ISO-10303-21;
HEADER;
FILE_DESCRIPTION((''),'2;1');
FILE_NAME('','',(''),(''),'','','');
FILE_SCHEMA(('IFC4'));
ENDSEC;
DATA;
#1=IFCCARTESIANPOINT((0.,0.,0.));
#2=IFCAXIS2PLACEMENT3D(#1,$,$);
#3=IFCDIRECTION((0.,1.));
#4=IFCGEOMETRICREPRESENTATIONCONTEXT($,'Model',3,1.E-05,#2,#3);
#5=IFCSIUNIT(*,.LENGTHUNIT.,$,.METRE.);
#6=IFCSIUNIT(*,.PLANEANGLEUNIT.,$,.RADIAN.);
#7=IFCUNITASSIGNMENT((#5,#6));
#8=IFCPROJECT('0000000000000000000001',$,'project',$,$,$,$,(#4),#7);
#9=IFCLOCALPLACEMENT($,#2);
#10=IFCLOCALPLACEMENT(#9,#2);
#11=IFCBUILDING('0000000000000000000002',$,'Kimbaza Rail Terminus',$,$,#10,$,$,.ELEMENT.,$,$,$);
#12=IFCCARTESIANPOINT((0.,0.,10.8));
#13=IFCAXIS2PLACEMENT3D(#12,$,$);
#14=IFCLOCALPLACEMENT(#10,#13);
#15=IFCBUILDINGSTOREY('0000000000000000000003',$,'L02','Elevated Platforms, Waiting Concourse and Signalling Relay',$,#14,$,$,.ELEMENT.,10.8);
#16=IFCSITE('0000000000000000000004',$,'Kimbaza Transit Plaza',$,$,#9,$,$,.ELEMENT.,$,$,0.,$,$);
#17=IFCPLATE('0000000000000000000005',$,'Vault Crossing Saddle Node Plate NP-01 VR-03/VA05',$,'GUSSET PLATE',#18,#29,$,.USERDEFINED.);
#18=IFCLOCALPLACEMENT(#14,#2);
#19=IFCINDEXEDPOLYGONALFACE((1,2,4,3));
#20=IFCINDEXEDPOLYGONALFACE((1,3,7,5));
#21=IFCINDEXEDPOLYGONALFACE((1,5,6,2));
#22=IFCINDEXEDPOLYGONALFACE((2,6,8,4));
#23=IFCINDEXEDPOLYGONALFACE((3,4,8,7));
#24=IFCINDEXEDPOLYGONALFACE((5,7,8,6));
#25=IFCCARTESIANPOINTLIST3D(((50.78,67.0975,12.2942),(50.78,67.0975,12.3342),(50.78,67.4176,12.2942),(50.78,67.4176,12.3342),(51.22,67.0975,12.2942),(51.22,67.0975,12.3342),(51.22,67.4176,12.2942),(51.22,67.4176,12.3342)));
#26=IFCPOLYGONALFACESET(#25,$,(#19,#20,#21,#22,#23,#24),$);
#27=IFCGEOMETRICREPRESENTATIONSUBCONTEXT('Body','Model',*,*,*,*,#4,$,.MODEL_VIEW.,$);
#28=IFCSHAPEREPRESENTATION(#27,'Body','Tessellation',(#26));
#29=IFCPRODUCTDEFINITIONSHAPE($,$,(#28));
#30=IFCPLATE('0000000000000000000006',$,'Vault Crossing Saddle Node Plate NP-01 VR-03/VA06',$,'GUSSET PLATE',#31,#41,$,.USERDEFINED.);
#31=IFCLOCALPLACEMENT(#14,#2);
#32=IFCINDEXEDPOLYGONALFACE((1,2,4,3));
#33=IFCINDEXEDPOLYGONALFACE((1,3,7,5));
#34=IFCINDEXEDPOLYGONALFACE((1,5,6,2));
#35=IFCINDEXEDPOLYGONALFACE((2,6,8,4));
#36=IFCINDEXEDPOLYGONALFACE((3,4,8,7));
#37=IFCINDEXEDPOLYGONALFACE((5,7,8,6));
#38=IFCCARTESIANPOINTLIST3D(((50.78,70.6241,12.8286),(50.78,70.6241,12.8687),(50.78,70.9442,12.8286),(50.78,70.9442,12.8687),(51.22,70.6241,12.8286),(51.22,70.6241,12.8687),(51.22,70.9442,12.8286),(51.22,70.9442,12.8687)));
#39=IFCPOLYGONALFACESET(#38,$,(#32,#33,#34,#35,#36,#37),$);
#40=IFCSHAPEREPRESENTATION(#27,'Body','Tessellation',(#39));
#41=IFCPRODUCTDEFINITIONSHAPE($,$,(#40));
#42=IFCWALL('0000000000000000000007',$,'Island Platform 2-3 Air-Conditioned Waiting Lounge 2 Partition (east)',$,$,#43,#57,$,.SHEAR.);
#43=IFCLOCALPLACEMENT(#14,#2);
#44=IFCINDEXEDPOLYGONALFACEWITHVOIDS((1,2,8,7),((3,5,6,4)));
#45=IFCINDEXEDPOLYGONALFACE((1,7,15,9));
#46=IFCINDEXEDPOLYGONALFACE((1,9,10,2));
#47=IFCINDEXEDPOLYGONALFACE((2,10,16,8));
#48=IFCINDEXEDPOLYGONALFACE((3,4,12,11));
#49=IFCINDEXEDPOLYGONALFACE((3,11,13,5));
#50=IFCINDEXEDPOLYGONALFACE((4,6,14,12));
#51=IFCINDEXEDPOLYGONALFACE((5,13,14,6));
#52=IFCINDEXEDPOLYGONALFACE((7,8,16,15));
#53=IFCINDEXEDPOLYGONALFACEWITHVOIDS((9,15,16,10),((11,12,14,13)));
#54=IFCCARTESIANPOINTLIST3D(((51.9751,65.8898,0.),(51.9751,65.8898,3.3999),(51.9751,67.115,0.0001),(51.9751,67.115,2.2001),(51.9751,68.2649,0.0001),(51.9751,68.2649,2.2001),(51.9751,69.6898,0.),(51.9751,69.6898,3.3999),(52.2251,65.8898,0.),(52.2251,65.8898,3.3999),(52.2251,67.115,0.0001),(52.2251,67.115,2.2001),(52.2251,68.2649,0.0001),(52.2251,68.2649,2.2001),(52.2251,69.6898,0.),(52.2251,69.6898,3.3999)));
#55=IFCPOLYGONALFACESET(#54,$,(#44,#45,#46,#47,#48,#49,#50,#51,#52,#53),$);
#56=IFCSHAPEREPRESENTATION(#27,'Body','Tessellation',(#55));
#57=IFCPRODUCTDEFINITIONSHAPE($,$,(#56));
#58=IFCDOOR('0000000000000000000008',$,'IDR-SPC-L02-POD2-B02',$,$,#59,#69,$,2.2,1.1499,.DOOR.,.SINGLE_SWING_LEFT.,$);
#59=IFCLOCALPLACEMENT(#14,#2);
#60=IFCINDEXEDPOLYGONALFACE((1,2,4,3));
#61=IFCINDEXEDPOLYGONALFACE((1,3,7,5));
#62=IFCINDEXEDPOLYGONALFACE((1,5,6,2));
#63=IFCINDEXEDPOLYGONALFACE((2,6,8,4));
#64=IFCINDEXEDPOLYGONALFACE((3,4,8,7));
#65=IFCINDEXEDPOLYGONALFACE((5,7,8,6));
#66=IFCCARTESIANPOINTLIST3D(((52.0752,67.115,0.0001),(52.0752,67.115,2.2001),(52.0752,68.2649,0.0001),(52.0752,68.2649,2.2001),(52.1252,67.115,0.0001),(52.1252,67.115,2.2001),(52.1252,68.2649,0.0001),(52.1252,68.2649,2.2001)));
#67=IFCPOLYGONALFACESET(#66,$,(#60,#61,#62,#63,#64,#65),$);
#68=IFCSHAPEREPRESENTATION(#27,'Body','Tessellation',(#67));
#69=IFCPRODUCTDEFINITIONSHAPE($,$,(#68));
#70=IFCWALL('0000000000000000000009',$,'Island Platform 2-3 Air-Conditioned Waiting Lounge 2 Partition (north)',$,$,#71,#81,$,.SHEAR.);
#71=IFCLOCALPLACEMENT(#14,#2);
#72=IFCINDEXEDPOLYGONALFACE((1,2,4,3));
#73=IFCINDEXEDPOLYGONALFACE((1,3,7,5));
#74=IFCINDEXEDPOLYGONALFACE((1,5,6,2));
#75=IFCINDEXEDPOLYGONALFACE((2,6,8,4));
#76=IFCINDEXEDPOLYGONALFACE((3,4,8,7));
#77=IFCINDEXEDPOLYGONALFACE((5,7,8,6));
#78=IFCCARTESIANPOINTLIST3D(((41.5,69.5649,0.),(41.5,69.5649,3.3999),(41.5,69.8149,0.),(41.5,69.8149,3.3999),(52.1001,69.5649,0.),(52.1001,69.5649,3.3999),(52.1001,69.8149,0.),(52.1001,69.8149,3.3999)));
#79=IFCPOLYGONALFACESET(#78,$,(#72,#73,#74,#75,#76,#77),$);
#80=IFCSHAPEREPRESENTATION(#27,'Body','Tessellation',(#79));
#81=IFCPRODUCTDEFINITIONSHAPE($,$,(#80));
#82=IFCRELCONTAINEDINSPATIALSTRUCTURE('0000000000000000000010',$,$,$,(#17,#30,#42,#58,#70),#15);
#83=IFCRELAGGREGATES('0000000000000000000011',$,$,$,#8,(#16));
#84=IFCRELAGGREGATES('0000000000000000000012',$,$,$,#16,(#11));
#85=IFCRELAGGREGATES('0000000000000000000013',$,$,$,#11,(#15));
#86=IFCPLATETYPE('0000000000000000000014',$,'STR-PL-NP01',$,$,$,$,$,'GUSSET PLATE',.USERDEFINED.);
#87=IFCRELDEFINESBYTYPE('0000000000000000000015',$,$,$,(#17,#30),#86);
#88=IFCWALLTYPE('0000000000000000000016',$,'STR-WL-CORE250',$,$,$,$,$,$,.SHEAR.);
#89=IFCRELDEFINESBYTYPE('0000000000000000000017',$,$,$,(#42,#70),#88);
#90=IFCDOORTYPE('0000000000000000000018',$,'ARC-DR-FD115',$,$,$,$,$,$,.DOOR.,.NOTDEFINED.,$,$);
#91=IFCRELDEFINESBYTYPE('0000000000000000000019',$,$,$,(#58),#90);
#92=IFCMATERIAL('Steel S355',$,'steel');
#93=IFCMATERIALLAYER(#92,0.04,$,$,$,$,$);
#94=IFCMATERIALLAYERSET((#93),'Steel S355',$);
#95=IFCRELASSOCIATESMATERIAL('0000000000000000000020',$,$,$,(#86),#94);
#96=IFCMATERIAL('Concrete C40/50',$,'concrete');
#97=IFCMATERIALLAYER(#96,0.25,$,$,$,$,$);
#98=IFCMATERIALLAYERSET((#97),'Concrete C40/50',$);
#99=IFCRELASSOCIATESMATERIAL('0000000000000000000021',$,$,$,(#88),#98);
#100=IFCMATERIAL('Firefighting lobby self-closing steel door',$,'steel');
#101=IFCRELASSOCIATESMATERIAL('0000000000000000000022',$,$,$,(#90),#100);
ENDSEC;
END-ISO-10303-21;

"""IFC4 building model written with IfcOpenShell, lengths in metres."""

from ifc_helpers import new_model, si_unit, direction, frame, frame_2d, origin, origin_2d, place, context, subcontext, project, spatial, rectangle, extrude, material, layer, layer_set, type_object, element, fill, save


model = new_model("IFC4")

# Units and contexts
model_context = context("Model", 3, precision=1e-05, world=origin(), true_north=direction((0.0, 1.0)))
body_context = subcontext(model_context, "Body", "Model", "MODEL_VIEW")
ifc_project = project(units=[si_unit("LENGTHUNIT", "METRE"), si_unit("PLANEANGLEUNIT", "RADIAN")], contexts=[model_context])

# Site, building, storey
site_placement = place(None, origin())
site = spatial("IfcSite", under=ifc_project, at=site_placement, Name="Kimbaza Transit Plaza", CompositionType="ELEMENT", RefElevation=0.0)
building_placement = place(site_placement, origin())
building = spatial("IfcBuilding", under=site, at=building_placement, Name="Kimbaza Rail Terminus", CompositionType="ELEMENT")
storey_placement = place(building_placement, frame((0.0, 0.0, 10.8)))
storey = spatial("IfcBuildingStorey", under=building, at=storey_placement, Name="L02", Description="Elevated Platforms, Waiting Concourse and Signalling Relay", CompositionType="ELEMENT", Elevation=10.8)

# Plates
ifc_material_1 = material(Name="Steel S355", Category="steel")
ifc_layer_1 = layer(ifc_material_1, 0.04)
ifc_layer_set_1 = layer_set([ifc_layer_1], Name="Steel S355")
plate_type_1 = type_object("IfcPlateType", Name="STR-PL-NP01", ElementType="GUSSET PLATE", PredefinedType="USERDEFINED", material=ifc_layer_set_1)
for number, where, z_axis, x_axis, name in (
    (1, (51.0, 67.2576, 12.2942), (0.0, 0.0, 1.0), (1.0, 0.0, 0.0), "Vault Crossing Saddle Node Plate NP-01 VR-03/VA05"),
    (2, (51.0, 70.7842, 12.8286), (0.0, 0.0, 1.0), (1.0, 0.0, 0.0), "Vault Crossing Saddle Node Plate NP-01 VR-03/VA06"),
):
    element("IfcPlate", number, at=place(storey_placement, frame(where, z_axis=z_axis, x_axis=x_axis)), inside=storey, type_object=plate_type_1, Name=name, ObjectType="GUSSET PLATE", PredefinedType="USERDEFINED", context=body_context, shape_type="SweptSolid", body=[
        extrude(rectangle(XDim=0.4399, YDim=0.3201, at=origin_2d()), origin(), (0.0, 0.0, 1.0), 0.04),
    ])

# Wall, opening, door
ifc_material_2 = material(Name="Concrete C40/50", Category="concrete")
ifc_layer_2 = layer(ifc_material_2, 0.25)
ifc_layer_set_2 = layer_set([ifc_layer_2], Name="Concrete C40/50")
wall_type = type_object("IfcWallType", Name="STR-WL-CORE250", PredefinedType="SHEAR", material=ifc_layer_set_2)
wall_1_placement = place(storey_placement, frame((52.1001, 65.8899, 0.0), z_axis=(0.0, 0.0, 1.0), x_axis=(0.0, 1.0, 0.0)))
wall_1 = element("IfcWall", 3, at=wall_1_placement, inside=storey, type_object=wall_type, Name="Island Platform 2-3 Air-Conditioned Waiting Lounge 2 Partition (east)", PredefinedType="SHEAR", context=body_context, shape_type="SweptSolid", body=[
    extrude(rectangle(XDim=3.8, YDim=0.25, at=frame_2d((1.8999, 0.0))), origin(), (0.0, 0.0, 1.0), 3.3999),
])
opening_placement = place(wall_1_placement, frame((1.2251, 0.0, 0.0)))
opening = element("IfcOpeningElement", 4, at=opening_placement, cuts=wall_1, PredefinedType="OPENING", context=body_context, shape_type="SweptSolid", body=[
    extrude(rectangle(XDim=1.1499, YDim=2.2, at=frame_2d((0.575, 1.1001))), frame((0.0, 0.135, 0.0), z_axis=(0.0, -1.0, 0.0), x_axis=(1.0, 0.0, 0.0)), (0.0, 0.0, 1.0), 0.27),
])
ifc_material_3 = material(Name="Firefighting lobby self-closing steel door", Category="steel")
door_type = type_object("IfcDoorType", Name="ARC-DR-FD115", OperationType="NOTDEFINED", PredefinedType="DOOR", material=ifc_material_3)
door_placement = place(opening_placement, origin())
door = element("IfcDoor", 5, at=door_placement, inside=storey, type_object=door_type, Name="IDR-SPC-L02-POD2-B02", OperationType="SINGLE_SWING_LEFT", OverallHeight=2.2, OverallWidth=1.1499, PredefinedType="DOOR", context=body_context, shape_type="SweptSolid", body=[
    extrude(rectangle(XDim=1.1499, YDim=2.2, at=frame_2d((0.575, 1.1001))), frame((0.0, 0.0249, 0.0), z_axis=(0.0, -1.0, 0.0), x_axis=(1.0, 0.0, 0.0)), (0.0, 0.0, 1.0), 0.05),
])
fill(opening, door)

# Wall
wall_2_placement = place(storey_placement, frame((52.1001, 69.6899, 0.0), z_axis=(0.0, 0.0, 1.0), x_axis=(-1.0, 0.0, 0.0)))
element("IfcWall", 6, at=wall_2_placement, inside=storey, type_object=wall_type, Name="Island Platform 2-3 Air-Conditioned Waiting Lounge 2 Partition (north)", PredefinedType="SHEAR", context=body_context, shape_type="SweptSolid", body=[
    extrude(rectangle(XDim=10.6001, YDim=0.25, at=frame_2d((5.3, 0.0))), origin(), (0.0, 0.0, 1.0), 3.3999),
])

save(model, "model.ifc")
